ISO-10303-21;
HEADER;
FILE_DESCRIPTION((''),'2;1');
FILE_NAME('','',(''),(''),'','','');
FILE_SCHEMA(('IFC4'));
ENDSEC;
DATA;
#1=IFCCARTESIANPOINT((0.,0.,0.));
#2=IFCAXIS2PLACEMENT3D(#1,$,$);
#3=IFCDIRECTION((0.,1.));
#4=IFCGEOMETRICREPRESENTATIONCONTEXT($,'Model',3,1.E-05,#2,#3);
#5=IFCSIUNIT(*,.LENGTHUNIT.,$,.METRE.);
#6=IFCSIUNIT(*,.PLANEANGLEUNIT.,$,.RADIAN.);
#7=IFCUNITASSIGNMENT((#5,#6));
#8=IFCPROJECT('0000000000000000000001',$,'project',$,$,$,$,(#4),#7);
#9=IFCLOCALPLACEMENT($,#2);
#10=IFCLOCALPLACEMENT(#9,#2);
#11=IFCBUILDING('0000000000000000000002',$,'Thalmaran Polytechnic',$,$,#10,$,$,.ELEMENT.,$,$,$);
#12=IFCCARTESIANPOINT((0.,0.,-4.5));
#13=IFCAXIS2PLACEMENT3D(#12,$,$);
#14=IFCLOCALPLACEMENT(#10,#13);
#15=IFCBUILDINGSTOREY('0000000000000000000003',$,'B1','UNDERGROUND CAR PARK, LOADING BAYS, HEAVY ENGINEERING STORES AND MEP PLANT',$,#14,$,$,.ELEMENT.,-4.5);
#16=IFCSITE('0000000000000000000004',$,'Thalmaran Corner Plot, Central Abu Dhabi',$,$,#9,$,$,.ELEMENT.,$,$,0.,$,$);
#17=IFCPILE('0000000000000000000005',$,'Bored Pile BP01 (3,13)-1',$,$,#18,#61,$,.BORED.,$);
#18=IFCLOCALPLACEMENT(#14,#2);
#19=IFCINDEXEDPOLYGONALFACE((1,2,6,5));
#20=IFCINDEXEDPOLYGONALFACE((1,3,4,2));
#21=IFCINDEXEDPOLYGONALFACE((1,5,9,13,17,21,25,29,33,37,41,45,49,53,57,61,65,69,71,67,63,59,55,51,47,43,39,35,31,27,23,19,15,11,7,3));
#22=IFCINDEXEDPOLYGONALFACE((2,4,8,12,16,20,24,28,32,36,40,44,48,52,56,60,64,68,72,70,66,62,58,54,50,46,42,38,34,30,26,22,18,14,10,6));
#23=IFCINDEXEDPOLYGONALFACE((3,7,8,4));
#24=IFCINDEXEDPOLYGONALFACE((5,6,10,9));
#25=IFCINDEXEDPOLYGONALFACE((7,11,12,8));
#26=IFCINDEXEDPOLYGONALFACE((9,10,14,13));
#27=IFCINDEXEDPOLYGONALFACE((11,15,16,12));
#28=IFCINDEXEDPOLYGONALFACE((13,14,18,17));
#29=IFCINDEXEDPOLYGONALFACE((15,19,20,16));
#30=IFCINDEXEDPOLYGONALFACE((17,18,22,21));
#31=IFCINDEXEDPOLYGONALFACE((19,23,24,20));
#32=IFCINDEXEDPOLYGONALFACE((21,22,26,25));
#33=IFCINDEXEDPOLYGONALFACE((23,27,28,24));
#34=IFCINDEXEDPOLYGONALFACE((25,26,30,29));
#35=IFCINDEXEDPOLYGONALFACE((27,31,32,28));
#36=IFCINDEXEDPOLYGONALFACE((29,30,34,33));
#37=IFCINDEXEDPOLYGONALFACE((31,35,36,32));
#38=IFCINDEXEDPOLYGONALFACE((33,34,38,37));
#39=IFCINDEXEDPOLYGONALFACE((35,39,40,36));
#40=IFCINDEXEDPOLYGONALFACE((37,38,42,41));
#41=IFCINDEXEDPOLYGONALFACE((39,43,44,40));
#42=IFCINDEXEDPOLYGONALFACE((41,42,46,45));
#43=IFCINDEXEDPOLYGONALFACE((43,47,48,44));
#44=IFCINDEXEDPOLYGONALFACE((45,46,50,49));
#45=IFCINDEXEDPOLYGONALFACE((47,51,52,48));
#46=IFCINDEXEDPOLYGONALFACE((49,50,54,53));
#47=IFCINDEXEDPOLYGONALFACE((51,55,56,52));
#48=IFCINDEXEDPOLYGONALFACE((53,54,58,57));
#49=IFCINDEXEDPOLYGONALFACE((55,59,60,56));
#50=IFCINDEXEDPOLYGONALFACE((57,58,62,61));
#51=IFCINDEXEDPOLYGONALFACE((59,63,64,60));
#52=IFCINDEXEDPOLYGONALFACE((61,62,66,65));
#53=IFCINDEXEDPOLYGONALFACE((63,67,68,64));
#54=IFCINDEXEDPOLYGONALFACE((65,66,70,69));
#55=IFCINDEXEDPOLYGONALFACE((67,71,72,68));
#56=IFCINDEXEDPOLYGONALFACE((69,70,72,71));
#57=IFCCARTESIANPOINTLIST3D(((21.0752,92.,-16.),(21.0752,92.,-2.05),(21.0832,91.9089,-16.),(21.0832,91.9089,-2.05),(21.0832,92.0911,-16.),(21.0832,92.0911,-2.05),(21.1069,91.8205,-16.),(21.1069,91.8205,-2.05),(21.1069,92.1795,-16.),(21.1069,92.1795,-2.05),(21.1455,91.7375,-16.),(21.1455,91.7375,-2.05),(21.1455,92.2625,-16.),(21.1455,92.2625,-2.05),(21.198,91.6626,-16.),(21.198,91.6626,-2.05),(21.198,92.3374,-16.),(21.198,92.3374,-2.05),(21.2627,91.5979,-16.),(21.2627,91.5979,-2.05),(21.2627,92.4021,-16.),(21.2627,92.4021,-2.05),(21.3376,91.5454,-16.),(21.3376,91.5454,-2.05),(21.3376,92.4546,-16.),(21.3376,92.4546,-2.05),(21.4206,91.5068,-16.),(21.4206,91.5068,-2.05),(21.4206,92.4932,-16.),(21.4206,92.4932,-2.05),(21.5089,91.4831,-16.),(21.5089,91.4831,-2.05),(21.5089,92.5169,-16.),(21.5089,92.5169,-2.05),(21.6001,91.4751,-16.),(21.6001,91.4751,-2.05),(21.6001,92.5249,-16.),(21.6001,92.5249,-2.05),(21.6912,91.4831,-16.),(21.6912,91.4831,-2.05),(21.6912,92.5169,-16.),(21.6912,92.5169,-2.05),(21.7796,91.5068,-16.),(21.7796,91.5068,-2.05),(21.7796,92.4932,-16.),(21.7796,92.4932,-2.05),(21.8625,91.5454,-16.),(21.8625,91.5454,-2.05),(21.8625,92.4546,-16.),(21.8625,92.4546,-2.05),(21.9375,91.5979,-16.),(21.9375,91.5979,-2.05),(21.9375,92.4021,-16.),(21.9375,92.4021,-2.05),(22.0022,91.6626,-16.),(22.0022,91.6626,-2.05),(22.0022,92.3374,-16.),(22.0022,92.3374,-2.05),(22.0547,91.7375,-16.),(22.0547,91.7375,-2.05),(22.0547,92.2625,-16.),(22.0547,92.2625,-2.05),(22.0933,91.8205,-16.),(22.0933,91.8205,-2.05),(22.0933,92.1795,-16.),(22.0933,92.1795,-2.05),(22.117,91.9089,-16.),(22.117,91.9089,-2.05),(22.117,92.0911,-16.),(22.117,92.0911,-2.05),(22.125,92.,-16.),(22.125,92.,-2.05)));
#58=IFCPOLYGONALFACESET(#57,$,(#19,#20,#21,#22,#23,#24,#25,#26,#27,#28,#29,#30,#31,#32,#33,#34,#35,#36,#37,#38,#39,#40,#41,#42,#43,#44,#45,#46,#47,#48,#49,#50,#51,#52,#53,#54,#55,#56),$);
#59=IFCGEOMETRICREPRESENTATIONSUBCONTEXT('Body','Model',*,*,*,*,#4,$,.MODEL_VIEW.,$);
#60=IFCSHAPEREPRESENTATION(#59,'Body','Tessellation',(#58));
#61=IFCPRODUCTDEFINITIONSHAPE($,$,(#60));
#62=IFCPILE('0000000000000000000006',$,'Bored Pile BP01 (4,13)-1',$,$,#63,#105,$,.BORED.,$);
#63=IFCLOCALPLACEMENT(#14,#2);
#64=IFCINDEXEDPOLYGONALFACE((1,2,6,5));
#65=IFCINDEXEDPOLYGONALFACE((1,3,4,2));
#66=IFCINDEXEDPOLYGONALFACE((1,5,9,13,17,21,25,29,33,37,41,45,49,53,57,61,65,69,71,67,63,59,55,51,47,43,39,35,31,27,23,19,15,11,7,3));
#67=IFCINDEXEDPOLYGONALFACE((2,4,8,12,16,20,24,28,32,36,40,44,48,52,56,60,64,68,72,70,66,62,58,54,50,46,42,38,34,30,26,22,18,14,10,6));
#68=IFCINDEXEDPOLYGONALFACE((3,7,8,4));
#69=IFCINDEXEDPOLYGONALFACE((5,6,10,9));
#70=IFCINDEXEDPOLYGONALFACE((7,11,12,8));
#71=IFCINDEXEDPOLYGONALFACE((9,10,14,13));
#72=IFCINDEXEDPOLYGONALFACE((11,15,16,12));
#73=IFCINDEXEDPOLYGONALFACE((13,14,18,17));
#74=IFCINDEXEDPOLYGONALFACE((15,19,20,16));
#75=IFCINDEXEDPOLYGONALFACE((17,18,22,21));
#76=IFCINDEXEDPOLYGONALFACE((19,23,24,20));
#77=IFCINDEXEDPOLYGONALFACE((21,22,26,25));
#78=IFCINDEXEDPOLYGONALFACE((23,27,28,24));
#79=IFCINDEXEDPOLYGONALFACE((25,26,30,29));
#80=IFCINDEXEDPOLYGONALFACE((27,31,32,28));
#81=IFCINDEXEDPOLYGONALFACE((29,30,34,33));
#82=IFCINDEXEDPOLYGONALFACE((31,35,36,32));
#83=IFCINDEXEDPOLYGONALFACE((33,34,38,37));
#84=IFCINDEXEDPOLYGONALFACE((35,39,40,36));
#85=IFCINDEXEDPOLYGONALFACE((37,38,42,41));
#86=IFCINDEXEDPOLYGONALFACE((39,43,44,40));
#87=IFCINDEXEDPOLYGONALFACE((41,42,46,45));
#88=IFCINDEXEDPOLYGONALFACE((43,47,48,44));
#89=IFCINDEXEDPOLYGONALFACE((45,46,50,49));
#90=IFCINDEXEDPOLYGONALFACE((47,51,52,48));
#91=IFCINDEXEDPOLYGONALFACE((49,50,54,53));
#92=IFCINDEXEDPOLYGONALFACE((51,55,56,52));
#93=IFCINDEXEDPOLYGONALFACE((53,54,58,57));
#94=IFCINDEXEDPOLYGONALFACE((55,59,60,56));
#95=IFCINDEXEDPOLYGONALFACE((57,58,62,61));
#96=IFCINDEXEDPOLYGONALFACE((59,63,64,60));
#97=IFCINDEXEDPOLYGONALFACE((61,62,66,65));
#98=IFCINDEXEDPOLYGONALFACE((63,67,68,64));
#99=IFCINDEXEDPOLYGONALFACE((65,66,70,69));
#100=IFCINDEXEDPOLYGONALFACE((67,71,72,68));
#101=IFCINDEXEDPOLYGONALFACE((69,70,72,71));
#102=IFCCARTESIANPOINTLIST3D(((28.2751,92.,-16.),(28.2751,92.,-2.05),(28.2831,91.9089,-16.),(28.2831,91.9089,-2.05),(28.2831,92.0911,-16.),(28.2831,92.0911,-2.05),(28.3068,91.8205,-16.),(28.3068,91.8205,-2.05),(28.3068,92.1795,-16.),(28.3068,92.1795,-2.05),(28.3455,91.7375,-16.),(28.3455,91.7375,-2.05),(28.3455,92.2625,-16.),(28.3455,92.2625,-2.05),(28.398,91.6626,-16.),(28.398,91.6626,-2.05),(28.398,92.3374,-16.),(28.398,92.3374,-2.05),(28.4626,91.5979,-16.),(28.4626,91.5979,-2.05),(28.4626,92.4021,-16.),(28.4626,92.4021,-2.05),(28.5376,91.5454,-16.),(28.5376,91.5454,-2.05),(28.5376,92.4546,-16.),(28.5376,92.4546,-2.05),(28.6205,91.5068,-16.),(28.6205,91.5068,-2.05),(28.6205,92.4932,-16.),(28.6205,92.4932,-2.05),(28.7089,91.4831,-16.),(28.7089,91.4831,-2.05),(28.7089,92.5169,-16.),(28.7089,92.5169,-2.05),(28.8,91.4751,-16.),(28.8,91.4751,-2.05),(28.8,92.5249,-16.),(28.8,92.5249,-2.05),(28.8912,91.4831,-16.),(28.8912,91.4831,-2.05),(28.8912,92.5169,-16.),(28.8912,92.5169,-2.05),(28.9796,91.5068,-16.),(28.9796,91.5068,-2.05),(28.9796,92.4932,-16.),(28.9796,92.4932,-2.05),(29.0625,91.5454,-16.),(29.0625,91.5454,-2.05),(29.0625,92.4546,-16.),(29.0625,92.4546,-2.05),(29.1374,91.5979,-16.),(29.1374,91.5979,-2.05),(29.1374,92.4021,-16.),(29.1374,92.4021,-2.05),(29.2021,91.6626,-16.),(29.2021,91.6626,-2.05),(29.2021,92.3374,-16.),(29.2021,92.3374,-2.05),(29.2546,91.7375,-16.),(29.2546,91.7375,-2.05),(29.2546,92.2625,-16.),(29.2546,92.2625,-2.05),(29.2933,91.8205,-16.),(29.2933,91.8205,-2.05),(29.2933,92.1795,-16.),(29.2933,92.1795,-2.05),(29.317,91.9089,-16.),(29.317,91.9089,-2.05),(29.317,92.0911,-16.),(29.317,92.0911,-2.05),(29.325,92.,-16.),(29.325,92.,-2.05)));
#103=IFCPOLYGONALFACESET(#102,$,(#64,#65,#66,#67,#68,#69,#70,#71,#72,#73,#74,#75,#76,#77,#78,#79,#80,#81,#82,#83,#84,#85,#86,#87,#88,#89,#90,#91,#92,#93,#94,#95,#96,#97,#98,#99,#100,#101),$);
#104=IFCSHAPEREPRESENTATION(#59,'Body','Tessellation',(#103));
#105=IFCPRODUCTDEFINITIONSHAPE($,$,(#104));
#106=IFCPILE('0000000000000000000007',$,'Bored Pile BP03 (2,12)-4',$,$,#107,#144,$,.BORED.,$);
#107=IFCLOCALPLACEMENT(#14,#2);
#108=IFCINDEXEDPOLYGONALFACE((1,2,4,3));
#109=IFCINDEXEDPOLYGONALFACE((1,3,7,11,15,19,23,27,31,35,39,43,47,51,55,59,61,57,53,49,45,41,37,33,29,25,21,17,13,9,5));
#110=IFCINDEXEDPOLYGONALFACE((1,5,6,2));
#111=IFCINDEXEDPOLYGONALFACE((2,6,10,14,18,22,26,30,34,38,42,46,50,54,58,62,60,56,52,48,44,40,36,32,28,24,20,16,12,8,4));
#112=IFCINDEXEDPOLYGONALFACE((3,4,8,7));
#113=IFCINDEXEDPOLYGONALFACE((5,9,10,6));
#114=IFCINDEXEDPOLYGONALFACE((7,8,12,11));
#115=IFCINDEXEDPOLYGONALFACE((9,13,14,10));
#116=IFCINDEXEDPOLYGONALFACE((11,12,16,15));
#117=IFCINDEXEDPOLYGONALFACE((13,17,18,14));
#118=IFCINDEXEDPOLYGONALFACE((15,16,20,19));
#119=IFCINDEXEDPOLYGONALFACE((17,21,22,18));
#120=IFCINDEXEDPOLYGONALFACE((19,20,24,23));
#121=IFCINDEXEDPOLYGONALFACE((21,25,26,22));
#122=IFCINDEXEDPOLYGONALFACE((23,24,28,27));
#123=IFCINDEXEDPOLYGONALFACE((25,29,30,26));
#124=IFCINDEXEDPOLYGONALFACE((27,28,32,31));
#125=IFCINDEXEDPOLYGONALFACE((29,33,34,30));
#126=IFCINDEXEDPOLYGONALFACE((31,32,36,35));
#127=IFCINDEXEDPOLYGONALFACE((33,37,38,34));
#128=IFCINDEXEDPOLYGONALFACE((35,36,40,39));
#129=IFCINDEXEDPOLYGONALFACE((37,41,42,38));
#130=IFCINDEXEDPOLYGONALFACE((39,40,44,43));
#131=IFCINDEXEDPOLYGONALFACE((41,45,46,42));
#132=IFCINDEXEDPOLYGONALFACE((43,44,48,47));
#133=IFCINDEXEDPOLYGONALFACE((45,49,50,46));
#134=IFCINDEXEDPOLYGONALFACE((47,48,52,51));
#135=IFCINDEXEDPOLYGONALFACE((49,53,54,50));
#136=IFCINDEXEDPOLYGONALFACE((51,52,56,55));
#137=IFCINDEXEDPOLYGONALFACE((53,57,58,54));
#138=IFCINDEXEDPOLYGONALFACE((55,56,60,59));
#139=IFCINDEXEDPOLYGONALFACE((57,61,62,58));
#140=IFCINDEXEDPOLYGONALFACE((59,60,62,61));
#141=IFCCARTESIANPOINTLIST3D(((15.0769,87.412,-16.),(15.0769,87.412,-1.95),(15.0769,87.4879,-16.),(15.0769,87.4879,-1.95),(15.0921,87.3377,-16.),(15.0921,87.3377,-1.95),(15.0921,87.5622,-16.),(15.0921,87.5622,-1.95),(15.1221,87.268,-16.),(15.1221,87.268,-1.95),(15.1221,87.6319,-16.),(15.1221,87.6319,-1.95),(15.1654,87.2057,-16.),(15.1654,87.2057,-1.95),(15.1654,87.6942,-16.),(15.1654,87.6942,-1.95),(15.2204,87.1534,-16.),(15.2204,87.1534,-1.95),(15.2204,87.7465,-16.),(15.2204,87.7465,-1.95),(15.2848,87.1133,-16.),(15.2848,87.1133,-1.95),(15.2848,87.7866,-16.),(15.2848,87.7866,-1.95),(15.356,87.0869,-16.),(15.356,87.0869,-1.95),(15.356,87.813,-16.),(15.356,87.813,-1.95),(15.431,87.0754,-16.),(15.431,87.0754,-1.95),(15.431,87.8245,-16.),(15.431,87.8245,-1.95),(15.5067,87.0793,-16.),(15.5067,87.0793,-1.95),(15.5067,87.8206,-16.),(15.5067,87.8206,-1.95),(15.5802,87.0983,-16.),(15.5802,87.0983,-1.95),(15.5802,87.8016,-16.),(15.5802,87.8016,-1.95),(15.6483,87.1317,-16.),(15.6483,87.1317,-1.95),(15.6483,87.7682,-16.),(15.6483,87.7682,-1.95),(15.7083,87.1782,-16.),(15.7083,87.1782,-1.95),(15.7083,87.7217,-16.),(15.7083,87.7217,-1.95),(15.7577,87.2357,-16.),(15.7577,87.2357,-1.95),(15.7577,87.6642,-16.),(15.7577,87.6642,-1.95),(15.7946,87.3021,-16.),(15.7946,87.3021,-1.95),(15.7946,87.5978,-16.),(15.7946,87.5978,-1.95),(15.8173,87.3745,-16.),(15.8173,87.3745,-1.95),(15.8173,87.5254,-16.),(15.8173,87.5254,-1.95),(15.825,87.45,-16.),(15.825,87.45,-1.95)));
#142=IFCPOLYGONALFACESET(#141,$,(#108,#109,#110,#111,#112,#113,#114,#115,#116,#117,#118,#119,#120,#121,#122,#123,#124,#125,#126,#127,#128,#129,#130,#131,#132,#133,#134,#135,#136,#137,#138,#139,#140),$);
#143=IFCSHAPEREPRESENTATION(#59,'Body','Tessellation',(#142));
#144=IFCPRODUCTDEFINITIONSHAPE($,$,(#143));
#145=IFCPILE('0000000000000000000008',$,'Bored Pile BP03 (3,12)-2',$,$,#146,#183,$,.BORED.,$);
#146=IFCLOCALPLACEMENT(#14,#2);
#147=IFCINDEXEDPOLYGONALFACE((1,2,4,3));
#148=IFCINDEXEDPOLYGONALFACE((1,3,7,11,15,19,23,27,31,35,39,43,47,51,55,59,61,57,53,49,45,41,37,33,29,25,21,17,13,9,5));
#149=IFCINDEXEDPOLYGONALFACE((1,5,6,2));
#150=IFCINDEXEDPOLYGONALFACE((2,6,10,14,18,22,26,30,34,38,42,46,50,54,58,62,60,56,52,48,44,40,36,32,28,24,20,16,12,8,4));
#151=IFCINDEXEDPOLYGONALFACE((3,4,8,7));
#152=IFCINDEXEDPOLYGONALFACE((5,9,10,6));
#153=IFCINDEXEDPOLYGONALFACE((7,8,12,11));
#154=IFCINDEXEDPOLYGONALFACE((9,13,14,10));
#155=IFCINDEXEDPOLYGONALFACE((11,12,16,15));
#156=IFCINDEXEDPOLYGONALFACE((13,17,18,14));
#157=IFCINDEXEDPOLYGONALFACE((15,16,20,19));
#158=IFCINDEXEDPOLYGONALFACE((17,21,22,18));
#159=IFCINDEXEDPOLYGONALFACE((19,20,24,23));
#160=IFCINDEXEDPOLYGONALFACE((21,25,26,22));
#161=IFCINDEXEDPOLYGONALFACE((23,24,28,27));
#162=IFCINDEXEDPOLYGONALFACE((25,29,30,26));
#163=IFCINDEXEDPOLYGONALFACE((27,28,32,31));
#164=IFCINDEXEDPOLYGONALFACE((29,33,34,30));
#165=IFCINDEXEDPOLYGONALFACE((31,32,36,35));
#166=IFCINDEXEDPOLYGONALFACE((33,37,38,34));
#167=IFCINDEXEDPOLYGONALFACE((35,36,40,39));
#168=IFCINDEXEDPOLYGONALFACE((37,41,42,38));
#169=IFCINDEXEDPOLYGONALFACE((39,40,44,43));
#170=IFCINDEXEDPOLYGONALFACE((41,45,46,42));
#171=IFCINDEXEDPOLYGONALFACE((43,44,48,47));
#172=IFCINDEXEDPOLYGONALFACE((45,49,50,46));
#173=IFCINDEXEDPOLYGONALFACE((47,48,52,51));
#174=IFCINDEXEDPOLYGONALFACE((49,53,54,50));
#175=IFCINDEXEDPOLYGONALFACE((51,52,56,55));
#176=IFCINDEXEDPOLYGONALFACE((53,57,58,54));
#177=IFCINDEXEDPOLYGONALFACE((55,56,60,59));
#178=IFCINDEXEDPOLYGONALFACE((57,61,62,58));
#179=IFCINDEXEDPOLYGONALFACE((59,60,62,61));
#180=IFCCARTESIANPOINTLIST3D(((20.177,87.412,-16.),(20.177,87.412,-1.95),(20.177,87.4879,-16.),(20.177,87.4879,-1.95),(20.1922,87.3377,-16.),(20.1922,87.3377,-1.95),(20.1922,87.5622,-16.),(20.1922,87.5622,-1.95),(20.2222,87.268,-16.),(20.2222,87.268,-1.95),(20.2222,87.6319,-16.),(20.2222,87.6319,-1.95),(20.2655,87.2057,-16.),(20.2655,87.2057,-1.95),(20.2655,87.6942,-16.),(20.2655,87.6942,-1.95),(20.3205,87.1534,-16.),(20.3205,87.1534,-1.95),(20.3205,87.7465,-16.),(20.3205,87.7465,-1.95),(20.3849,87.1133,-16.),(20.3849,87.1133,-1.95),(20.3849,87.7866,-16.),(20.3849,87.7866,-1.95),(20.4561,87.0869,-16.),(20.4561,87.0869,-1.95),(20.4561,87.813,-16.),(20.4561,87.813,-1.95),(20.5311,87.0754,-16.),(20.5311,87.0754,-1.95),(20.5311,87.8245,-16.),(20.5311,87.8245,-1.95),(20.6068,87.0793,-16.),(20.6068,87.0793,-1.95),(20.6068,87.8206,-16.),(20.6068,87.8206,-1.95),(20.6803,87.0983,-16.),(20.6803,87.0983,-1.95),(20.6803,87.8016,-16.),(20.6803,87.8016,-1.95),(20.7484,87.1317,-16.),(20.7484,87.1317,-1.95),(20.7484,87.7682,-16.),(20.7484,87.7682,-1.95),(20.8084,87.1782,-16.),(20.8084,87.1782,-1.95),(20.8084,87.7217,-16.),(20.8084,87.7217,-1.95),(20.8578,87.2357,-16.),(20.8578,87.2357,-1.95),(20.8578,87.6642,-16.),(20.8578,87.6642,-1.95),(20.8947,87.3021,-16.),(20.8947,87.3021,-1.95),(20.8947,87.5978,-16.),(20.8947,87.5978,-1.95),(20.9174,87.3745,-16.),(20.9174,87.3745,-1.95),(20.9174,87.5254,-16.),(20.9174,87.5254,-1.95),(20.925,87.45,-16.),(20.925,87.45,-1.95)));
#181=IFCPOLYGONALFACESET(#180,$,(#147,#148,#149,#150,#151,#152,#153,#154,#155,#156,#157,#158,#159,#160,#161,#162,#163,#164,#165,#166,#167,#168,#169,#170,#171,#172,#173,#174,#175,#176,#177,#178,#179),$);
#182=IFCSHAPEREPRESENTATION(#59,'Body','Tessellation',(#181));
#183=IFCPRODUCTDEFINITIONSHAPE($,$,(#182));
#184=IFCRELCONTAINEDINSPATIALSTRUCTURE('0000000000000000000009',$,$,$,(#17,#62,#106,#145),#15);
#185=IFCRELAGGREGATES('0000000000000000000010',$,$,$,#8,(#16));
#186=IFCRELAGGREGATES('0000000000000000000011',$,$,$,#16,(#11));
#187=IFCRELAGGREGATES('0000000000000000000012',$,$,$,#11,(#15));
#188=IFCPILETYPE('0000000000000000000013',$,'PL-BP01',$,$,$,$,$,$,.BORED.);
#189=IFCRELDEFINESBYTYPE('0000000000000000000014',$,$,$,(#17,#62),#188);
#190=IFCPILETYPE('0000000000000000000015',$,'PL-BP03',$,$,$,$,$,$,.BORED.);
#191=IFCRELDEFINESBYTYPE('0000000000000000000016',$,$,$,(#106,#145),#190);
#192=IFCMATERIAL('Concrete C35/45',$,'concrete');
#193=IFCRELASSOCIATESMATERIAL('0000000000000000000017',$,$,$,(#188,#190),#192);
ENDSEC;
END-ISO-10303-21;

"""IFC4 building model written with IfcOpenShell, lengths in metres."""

from ifc_helpers import new_model, si_unit, direction, frame, origin, origin_2d, place, context, subcontext, project, spatial, circle, extrude, material, material_profile, profile_set, type_object, element, save


model = new_model("IFC4")

# Units and contexts
model_context = context("Model", 3, precision=1e-05, world=origin(), true_north=direction((0.0, 1.0)))
body_context = subcontext(model_context, "Body", "Model", "MODEL_VIEW")
ifc_project = project(units=[si_unit("LENGTHUNIT", "METRE"), si_unit("PLANEANGLEUNIT", "RADIAN")], contexts=[model_context])

# Site, building, storey
site_placement = place(None, origin())
site = spatial("IfcSite", under=ifc_project, at=site_placement, Name="Thalmaran Corner Plot, Central Abu Dhabi", CompositionType="ELEMENT", RefElevation=0.0)
building_placement = place(site_placement, origin())
building = spatial("IfcBuilding", under=site, at=building_placement, Name="Thalmaran Polytechnic", CompositionType="ELEMENT")
storey_placement = place(building_placement, frame((0.0, 0.0, -4.5)))
storey = spatial("IfcBuildingStorey", under=building, at=storey_placement, Name="B1", Description="UNDERGROUND CAR PARK, LOADING BAYS, HEAVY ENGINEERING STORES AND MEP PLANT", CompositionType="ELEMENT", Elevation=-4.5)

# Piles
ifc_material_1 = material(Name="Concrete C35/45", Category="concrete")
ifc_material_profile_1 = material_profile(ifc_material_1, circle(Radius=0.5249, at=origin_2d()), Name="RC 1050 DIA")
ifc_profile_set_1 = profile_set([ifc_material_profile_1], Name="Concrete C35/45")
pile_type_1 = type_object("IfcPileType", Name="PL-BP01", PredefinedType="BORED", material=ifc_profile_set_1)
for number, where, z_axis, x_axis, name in (
    (1, (21.6001, 92.0, -2.05), (0.0, 0.0, -1.0), (1.0, 0.0, 0.0), "Bored Pile BP01 (3,13)-1"),
    (2, (28.8, 92.0, -2.05), (0.0, 0.0, -1.0), (1.0, 0.0, 0.0), "Bored Pile BP01 (4,13)-1"),
):
    element("IfcPile", number, at=place(storey_placement, frame(where, z_axis=z_axis, x_axis=x_axis)), inside=storey, type_object=pile_type_1, Name=name, PredefinedType="BORED", context=body_context, shape_type="SweptSolid", body=[
        extrude(circle(Radius=0.5249, at=origin_2d()), origin(), (0.0, 0.0, 1.0), 13.95),
    ])
ifc_material_profile_2 = material_profile(ifc_material_1, circle(Radius=0.375, at=origin_2d()), Name="RC 750 DIA")
ifc_profile_set_2 = profile_set([ifc_material_profile_2], Name="Concrete C35/45")
pile_type_2 = type_object("IfcPileType", Name="PL-BP03", PredefinedType="BORED", material=ifc_profile_set_2)
for number, where, z_axis, x_axis, name in (
    (3, (15.45, 87.45, -1.95), (0.0, 0.0, -1.0), (1.0, 0.0, 0.0), "Bored Pile BP03 (2,12)-4"),
    (4, (20.55, 87.45, -1.95), (0.0, 0.0, -1.0), (1.0, 0.0, 0.0), "Bored Pile BP03 (3,12)-2"),
):
    element("IfcPile", number, at=place(storey_placement, frame(where, z_axis=z_axis, x_axis=x_axis)), inside=storey, type_object=pile_type_2, Name=name, PredefinedType="BORED", context=body_context, shape_type="SweptSolid", body=[
        extrude(circle(Radius=0.375, at=origin_2d()), origin(), (0.0, 0.0, 1.0), 14.05),
    ])

save(model, "model.ifc")
